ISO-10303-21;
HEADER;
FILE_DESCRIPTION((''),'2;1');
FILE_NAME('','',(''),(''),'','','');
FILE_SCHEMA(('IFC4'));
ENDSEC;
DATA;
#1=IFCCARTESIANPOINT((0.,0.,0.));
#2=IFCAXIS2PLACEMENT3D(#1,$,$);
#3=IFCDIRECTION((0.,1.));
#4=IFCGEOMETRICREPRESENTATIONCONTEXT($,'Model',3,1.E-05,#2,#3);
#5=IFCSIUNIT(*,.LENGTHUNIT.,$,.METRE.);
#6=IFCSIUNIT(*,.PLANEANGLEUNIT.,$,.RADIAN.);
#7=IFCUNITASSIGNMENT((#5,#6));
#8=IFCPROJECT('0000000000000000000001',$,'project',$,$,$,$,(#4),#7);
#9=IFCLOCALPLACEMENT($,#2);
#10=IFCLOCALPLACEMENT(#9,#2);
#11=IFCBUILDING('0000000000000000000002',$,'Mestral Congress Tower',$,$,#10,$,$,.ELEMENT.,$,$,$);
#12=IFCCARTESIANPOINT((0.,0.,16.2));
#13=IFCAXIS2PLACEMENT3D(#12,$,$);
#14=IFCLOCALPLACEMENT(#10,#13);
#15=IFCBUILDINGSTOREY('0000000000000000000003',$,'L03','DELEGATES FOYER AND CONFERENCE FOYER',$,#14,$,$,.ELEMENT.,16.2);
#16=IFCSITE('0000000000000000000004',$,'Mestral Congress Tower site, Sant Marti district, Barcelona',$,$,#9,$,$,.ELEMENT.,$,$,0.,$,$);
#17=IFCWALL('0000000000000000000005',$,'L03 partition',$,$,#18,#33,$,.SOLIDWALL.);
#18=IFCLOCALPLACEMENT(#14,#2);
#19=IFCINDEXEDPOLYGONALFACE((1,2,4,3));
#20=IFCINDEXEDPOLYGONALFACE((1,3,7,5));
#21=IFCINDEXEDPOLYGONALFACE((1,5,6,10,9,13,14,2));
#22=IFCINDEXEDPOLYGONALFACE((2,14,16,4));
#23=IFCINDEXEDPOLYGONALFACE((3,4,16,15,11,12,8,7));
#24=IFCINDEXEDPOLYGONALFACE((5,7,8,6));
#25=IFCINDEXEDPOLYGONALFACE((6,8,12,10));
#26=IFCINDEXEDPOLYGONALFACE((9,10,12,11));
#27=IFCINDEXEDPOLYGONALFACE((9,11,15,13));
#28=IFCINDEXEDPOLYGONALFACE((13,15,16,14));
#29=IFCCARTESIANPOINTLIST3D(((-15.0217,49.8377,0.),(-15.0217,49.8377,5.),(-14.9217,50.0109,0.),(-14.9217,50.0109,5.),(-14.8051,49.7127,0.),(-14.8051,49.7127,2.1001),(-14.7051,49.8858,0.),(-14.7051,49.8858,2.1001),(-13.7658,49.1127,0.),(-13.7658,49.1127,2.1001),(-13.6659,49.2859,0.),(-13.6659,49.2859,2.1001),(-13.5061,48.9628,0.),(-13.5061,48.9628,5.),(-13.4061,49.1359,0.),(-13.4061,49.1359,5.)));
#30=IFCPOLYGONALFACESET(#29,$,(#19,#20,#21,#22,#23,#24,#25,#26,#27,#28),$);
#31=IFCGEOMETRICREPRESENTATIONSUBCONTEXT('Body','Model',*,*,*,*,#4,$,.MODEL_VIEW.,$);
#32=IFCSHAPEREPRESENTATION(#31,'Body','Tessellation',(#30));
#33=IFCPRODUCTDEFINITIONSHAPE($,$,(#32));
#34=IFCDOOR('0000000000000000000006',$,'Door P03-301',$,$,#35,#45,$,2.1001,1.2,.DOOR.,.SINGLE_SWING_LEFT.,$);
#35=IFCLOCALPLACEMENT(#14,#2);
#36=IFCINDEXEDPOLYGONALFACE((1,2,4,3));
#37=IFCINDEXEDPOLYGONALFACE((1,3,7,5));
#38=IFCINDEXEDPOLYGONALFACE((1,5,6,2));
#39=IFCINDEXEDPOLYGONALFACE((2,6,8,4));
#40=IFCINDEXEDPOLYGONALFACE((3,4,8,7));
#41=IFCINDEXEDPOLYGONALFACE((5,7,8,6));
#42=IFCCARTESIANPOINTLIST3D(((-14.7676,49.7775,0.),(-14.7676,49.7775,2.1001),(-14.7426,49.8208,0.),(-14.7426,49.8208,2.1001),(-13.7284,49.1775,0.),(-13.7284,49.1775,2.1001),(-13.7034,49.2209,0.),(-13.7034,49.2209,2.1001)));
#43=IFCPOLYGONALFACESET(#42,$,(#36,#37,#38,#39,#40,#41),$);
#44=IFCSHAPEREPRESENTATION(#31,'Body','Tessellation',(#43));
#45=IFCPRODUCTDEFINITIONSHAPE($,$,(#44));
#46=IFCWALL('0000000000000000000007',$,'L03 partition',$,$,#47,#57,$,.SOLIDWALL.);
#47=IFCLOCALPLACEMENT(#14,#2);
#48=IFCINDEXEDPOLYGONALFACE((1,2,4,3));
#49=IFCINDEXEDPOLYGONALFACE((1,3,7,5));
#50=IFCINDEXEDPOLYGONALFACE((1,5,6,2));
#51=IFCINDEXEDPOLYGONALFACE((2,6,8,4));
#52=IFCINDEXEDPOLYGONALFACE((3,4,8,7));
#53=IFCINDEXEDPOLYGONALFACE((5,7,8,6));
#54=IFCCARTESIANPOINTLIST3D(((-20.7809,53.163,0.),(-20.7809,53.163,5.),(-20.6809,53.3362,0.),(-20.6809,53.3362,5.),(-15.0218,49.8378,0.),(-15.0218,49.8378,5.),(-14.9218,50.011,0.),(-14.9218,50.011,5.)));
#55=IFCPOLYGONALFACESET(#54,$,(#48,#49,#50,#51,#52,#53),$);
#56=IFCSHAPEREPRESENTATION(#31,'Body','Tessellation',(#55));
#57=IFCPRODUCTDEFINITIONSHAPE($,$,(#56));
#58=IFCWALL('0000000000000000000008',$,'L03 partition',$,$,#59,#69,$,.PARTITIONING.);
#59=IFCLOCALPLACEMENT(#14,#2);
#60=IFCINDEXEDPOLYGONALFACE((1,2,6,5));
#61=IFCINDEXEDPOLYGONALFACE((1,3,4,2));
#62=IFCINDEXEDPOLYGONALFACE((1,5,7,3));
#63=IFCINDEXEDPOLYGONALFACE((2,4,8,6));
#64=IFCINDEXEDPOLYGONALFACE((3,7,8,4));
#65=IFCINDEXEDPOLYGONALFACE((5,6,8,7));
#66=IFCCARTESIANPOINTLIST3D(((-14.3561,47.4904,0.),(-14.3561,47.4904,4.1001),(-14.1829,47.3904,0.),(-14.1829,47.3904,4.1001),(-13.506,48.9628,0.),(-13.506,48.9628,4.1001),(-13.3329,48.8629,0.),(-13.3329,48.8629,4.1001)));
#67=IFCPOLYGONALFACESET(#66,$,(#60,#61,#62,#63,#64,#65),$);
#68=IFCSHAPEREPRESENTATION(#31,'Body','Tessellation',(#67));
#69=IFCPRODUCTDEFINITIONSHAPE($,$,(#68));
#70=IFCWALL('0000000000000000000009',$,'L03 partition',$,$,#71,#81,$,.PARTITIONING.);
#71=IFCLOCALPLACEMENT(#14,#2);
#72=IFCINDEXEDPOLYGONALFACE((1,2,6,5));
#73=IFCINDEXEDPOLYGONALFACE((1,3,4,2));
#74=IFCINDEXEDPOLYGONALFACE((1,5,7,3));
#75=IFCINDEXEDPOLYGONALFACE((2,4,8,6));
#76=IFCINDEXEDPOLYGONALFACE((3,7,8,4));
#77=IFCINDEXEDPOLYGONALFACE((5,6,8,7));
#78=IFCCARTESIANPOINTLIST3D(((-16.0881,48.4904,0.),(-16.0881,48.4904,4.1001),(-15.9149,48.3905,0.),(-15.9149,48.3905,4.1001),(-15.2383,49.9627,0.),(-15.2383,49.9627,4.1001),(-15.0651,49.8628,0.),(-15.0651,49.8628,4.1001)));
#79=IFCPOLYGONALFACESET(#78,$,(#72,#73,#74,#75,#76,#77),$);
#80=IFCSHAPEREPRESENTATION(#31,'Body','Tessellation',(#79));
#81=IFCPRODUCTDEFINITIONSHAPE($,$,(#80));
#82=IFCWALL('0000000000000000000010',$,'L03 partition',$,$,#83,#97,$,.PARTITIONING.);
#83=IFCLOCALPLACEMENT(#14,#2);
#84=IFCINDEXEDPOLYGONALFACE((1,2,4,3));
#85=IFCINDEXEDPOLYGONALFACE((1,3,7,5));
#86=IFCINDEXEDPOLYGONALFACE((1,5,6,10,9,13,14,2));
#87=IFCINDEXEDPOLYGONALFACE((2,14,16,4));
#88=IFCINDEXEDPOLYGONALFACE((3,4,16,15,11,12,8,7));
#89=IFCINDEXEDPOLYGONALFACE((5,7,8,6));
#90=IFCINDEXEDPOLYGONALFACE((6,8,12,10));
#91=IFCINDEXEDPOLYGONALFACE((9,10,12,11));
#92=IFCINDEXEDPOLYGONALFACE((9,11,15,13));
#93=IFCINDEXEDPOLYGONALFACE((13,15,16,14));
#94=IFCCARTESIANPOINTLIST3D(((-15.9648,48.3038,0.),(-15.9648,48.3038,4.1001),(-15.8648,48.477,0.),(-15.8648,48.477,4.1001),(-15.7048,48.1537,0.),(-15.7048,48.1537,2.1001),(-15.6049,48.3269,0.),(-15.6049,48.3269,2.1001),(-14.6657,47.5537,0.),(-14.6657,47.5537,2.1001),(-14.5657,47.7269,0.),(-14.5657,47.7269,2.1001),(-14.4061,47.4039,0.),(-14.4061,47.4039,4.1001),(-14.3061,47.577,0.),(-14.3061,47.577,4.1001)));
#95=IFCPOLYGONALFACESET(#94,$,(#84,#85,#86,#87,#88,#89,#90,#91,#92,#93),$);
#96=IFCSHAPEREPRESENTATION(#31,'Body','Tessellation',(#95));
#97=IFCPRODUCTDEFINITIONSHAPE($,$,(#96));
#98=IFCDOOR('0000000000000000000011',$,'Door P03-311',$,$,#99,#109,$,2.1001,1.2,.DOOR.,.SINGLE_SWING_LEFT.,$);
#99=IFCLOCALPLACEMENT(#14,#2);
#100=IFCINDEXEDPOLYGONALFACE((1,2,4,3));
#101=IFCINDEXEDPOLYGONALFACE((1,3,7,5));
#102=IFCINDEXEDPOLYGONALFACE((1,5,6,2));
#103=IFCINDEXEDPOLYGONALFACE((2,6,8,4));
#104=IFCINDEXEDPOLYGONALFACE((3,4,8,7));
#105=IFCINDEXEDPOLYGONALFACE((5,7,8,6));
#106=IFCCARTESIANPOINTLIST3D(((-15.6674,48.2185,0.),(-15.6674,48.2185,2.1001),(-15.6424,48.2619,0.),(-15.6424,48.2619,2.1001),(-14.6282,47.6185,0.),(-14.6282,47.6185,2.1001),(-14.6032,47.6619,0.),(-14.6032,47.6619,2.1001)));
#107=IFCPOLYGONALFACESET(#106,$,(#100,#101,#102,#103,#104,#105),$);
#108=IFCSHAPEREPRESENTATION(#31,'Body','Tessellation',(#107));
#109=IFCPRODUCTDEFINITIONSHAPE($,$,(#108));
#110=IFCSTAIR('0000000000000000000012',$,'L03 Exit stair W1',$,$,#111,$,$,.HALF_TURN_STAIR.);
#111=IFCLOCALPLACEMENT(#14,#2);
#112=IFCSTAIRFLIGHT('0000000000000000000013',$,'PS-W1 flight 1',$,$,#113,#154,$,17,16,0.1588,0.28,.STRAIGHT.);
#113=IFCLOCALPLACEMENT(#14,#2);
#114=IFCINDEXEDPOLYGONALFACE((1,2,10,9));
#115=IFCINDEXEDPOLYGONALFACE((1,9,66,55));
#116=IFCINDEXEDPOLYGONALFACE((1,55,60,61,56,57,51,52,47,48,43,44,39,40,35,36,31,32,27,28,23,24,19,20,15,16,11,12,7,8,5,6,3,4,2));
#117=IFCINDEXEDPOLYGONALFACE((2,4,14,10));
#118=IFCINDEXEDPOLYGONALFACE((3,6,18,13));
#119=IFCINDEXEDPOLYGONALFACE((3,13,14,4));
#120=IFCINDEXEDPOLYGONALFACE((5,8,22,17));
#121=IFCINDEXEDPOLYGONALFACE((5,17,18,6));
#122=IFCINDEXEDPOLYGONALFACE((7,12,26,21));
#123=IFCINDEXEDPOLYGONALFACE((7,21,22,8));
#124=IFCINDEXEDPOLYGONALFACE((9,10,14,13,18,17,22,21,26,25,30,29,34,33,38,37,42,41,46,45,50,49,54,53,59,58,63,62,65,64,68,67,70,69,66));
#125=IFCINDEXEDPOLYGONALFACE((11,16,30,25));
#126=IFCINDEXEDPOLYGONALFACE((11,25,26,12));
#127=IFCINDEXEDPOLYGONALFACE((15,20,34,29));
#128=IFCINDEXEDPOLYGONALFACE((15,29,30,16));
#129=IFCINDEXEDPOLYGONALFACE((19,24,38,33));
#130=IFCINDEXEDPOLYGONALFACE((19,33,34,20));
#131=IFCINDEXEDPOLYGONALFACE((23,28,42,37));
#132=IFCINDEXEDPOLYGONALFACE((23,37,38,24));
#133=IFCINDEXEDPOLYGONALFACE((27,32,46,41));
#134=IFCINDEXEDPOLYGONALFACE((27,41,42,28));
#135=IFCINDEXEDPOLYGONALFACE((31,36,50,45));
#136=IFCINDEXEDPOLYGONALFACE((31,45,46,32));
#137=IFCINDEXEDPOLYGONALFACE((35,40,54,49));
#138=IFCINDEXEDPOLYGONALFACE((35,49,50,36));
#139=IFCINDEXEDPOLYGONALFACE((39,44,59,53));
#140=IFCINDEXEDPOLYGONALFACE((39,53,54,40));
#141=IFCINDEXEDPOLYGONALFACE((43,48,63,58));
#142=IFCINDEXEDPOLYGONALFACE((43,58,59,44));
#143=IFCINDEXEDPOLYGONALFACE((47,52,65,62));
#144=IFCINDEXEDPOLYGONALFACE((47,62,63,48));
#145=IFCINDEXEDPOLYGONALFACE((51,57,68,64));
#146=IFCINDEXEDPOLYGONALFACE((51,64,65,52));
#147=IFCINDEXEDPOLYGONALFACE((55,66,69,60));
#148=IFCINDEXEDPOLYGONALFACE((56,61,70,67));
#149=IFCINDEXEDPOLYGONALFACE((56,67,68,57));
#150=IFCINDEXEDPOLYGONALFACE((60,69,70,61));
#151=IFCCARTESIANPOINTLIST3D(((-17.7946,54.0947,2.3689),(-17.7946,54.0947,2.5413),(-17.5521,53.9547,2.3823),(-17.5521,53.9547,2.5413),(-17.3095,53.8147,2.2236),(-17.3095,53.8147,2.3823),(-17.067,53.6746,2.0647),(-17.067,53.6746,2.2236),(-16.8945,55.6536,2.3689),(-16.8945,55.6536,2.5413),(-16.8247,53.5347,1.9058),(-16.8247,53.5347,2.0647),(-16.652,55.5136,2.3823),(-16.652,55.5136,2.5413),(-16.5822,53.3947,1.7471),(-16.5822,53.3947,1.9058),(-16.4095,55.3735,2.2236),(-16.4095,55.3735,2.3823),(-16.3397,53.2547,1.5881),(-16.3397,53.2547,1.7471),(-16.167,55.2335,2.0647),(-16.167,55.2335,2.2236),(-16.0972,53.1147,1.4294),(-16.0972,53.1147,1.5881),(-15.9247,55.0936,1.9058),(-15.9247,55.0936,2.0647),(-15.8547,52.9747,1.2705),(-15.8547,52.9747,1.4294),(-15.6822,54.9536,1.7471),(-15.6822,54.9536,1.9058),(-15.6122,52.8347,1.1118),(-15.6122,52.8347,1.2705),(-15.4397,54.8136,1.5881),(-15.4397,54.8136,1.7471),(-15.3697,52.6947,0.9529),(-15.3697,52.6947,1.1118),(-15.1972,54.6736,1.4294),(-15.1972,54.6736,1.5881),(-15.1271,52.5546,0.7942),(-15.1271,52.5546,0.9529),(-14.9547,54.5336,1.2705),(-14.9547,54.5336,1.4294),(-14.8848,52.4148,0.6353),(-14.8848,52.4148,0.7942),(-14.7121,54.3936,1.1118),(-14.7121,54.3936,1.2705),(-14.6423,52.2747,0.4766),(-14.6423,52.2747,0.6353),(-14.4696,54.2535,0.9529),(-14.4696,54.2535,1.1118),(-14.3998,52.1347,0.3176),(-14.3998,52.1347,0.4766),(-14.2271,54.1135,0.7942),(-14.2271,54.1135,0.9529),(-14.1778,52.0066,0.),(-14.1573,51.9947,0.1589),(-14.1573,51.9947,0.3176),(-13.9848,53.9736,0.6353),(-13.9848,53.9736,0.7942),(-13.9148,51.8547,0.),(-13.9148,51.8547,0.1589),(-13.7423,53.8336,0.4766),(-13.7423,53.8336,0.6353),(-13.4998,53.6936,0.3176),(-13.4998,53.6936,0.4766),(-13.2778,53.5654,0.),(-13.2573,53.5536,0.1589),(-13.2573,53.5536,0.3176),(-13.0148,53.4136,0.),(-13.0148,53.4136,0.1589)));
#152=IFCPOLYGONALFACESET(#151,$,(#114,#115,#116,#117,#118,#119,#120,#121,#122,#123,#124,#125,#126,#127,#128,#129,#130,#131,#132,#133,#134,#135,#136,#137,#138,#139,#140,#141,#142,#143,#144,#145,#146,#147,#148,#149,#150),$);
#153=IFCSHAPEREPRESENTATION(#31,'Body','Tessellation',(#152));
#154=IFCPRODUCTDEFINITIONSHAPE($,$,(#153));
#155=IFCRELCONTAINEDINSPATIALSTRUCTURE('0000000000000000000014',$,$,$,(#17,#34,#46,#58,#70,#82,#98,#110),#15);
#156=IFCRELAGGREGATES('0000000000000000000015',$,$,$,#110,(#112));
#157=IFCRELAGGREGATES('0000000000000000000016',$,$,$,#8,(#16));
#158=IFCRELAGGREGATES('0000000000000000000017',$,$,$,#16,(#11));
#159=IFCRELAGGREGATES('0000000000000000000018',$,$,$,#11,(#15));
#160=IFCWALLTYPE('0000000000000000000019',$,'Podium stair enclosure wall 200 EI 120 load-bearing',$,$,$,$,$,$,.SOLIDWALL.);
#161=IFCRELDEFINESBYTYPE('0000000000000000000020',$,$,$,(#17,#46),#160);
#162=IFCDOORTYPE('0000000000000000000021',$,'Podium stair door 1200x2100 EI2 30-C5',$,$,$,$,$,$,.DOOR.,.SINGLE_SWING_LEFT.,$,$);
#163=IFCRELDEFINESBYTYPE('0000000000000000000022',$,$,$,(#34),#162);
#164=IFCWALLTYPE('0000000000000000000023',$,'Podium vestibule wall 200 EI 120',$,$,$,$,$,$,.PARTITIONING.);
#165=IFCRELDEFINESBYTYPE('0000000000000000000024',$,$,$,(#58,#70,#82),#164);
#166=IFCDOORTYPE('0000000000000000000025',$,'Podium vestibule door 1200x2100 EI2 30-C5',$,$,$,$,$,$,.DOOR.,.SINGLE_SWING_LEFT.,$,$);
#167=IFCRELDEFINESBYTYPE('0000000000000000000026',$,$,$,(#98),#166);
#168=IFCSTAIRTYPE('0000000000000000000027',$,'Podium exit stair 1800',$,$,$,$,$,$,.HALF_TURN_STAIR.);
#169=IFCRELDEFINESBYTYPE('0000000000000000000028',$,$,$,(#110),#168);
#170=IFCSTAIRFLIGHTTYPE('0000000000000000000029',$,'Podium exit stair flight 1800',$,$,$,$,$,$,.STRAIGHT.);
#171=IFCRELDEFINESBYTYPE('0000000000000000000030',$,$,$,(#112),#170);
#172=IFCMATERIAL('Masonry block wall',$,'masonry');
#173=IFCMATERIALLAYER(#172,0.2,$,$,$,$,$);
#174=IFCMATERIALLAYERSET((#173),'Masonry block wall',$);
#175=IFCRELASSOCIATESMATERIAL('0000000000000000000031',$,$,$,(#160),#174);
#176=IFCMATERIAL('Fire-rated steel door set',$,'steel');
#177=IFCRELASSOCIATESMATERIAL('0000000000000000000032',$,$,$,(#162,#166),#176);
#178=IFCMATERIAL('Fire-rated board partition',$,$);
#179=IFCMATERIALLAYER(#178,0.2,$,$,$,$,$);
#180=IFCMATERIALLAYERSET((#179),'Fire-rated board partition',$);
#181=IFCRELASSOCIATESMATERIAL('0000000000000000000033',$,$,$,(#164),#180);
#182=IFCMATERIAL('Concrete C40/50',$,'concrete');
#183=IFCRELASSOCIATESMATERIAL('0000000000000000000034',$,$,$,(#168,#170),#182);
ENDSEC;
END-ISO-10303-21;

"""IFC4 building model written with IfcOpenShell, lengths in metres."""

from ifc_helpers import new_model, si_unit, direction, frame, frame_2d, origin, place, context, subcontext, project, spatial, polyline, rectangle, outline, extrude, material, layer, layer_set, type_object, element, fill, aggregate, save


model = new_model("IFC4")

# Units and contexts
model_context = context("Model", 3, precision=1e-05, world=origin(), true_north=direction((0.0, 1.0)))
body_context = subcontext(model_context, "Body", "Model", "MODEL_VIEW")
ifc_project = project(units=[si_unit("LENGTHUNIT", "METRE"), si_unit("PLANEANGLEUNIT", "RADIAN")], contexts=[model_context])

# Site, building, storey
site_placement = place(None, origin())
site = spatial("IfcSite", under=ifc_project, at=site_placement, Name="Mestral Congress Tower site, Sant Marti district, Barcelona", CompositionType="ELEMENT", RefElevation=0.0)
building_placement = place(site_placement, origin())
building = spatial("IfcBuilding", under=site, at=building_placement, Name="Mestral Congress Tower", CompositionType="ELEMENT")
storey_placement = place(building_placement, frame((0.0, 0.0, 16.2)))
storey = spatial("IfcBuildingStorey", under=building, at=storey_placement, Name="L03", Description="DELEGATES FOYER AND CONFERENCE FOYER", CompositionType="ELEMENT", Elevation=16.2)

# Shared definitions
ifc_material_1 = material(Name="Masonry block wall", Category="masonry")
ifc_layer_1 = layer(ifc_material_1, 0.2)
ifc_layer_set_1 = layer_set([ifc_layer_1], Name="Masonry block wall")
wall_type_1 = type_object("IfcWallType", Name="Podium stair enclosure wall 200 EI 120 load-bearing", PredefinedType="SOLIDWALL", material=ifc_layer_set_1)

# Wall, opening, door
wall_1_placement = place(storey_placement, frame((-14.9717, 49.9243, 0.0), z_axis=(0.0, 0.0, 1.0), x_axis=(0.866037, -0.49998, 0.0)))
wall_1 = element("IfcWall", 1, at=wall_1_placement, inside=storey, type_object=wall_type_1, Name="L03 partition", PredefinedType="SOLIDWALL", context=body_context, shape_type="SweptSolid", body=[
    extrude(rectangle(XDim=1.75, YDim=0.2, at=frame_2d((0.875, 0.0))), origin(), (0.0, 0.0, 1.0), 5.0),
])
opening_1_placement = place(wall_1_placement, frame((0.25, 0.0, 0.0)))
opening_1 = element("IfcOpeningElement", 2, at=opening_1_placement, cuts=wall_1, PredefinedType="OPENING", context=body_context, shape_type="SweptSolid", body=[
    extrude(rectangle(XDim=1.2, YDim=2.1001, at=frame_2d((0.6001, 1.05))), frame((0.0, 0.1099, 0.0), z_axis=(0.0, -1.0, 0.0), x_axis=(1.0, 0.0, 0.0)), (0.0, 0.0, 1.0), 0.22),
])
ifc_material_2 = material(Name="Fire-rated steel door set", Category="steel")
door_type_1 = type_object("IfcDoorType", Name="Podium stair door 1200x2100 EI2 30-C5", OperationType="SINGLE_SWING_LEFT", PredefinedType="DOOR", material=ifc_material_2)
door_1_placement = place(opening_1_placement, origin())
door_1 = element("IfcDoor", 3, at=door_1_placement, inside=storey, type_object=door_type_1, Name="Door P03-301", OperationType="SINGLE_SWING_LEFT", OverallHeight=2.1001, OverallWidth=1.2, PredefinedType="DOOR", context=body_context, shape_type="SweptSolid", body=[
    extrude(rectangle(XDim=1.2, YDim=2.1001, at=frame_2d((0.6001, 1.05))), frame((0.0, 0.0249, 0.0), z_axis=(0.0, -1.0, 0.0), x_axis=(1.0, 0.0, 0.0)), (0.0, 0.0, 1.0), 0.05),
])
fill(opening_1, door_1)

# Walls
wall_2_placement = place(storey_placement, frame((-14.9717, 49.9243, 0.0), z_axis=(0.0, 0.0, 1.0), x_axis=(-0.866011, 0.500024, 0.0)))
element("IfcWall", 4, at=wall_2_placement, inside=storey, type_object=wall_type_1, Name="L03 partition", PredefinedType="SOLIDWALL", context=body_context, shape_type="SweptSolid", body=[
    extrude(rectangle(XDim=6.6501, YDim=0.2, at=frame_2d((3.3252, 0.0))), origin(), (0.0, 0.0, 1.0), 5.0),
])
ifc_material_3 = material(Name="Fire-rated board partition")
ifc_layer_2 = layer(ifc_material_3, 0.2)
ifc_layer_set_2 = layer_set([ifc_layer_2], Name="Fire-rated board partition")
wall_type_2 = type_object("IfcWallType", Name="Podium vestibule wall 200 EI 120", PredefinedType="PARTITIONING", material=ifc_layer_set_2)
wall_3_placement = place(storey_placement, frame((-13.4194, 48.9128, 0.0), z_axis=(0.0, 0.0, 1.0), x_axis=(-0.5, -0.866025, 0.0)))
element("IfcWall", 5, at=wall_3_placement, inside=storey, type_object=wall_type_2, Name="L03 partition", PredefinedType="PARTITIONING", context=body_context, shape_type="SweptSolid", body=[
    extrude(rectangle(XDim=1.7002, YDim=0.2, at=frame_2d((0.8501, 0.0))), origin(), (0.0, 0.0, 1.0), 4.1001),
])
wall_4_placement = place(storey_placement, frame((-15.1516, 49.9128, 0.0), z_axis=(0.0, 0.0, 1.0), x_axis=(-0.499892, -0.866088, 0.0)))
element("IfcWall", 6, at=wall_4_placement, inside=storey, type_object=wall_type_2, Name="L03 partition", PredefinedType="PARTITIONING", context=body_context, shape_type="SweptSolid", body=[
    extrude(rectangle(XDim=1.7, YDim=0.2, at=frame_2d((0.8501, 0.0))), origin(), (0.0, 0.0, 1.0), 4.1001),
])

# Wall, opening, door
wall_5_placement = place(storey_placement, frame((-15.9148, 48.3904, 0.0), z_axis=(0.0, 0.0, 1.0), x_axis=(0.866014, -0.50002, 0.0)))
wall_5 = element("IfcWall", 7, at=wall_5_placement, inside=storey, type_object=wall_type_2, Name="L03 partition", PredefinedType="PARTITIONING", context=body_context, shape_type="SweptSolid", body=[
    extrude(rectangle(XDim=1.7998, YDim=0.2, at=frame_2d((0.8999, 0.0))), origin(), (0.0, 0.0, 1.0), 4.1001),
])
opening_2_placement = place(wall_5_placement, frame((0.3, 0.0, 0.0)))
opening_2 = element("IfcOpeningElement", 8, at=opening_2_placement, cuts=wall_5, PredefinedType="OPENING", context=body_context, shape_type="SweptSolid", body=[
    extrude(rectangle(XDim=1.2, YDim=2.1001, at=frame_2d((0.6001, 1.05))), frame((0.0, 0.1099, 0.0), z_axis=(0.0, -1.0, 0.0), x_axis=(1.0, 0.0, 0.0)), (0.0, 0.0, 1.0), 0.22),
])
door_type_2 = type_object("IfcDoorType", Name="Podium vestibule door 1200x2100 EI2 30-C5", OperationType="SINGLE_SWING_LEFT", PredefinedType="DOOR", material=ifc_material_2)
door_2_placement = place(opening_2_placement, origin())
door_2 = element("IfcDoor", 9, at=door_2_placement, inside=storey, type_object=door_type_2, Name="Door P03-311", OperationType="SINGLE_SWING_LEFT", OverallHeight=2.1001, OverallWidth=1.2, PredefinedType="DOOR", context=body_context, shape_type="SweptSolid", body=[
    extrude(rectangle(XDim=1.2, YDim=2.1001, at=frame_2d((0.6001, 1.05))), frame((0.0, 0.0249, 0.0), z_axis=(0.0, -1.0, 0.0), x_axis=(1.0, 0.0, 0.0)), (0.0, 0.0, 1.0), 0.05),
])
fill(opening_2, door_2)

# Stair, stair flight
ifc_material_4 = material(Name="Concrete C40/50", Category="concrete")
stair_type = type_object("IfcStairType", Name="Podium exit stair 1800", PredefinedType="HALF_TURN_STAIR", material=ifc_material_4)
stair_placement = place(storey_placement, origin())
stair = element("IfcStair", 10, at=stair_placement, inside=storey, type_object=stair_type, Name="L03 Exit stair W1", PredefinedType="HALF_TURN_STAIR")
stair_flight_type = type_object("IfcStairFlightType", Name="Podium exit stair flight 1800", PredefinedType="STRAIGHT", material=ifc_material_4)
stair_flight_1_placement = place(storey_placement, frame((-13.4648, 52.634, 0.0), z_axis=(0.0, 0.0, 1.0), x_axis=(-0.866025, 0.5, 0.0)))
stair_flight_1 = element("IfcStairFlight", 11, at=stair_flight_1_placement, type_object=stair_flight_type, Name="PS-W1 flight 1", NumberOfRisers=17, NumberOfTreads=16, PredefinedType="STRAIGHT", RiserHeight=0.1588, TreadLength=0.28, context=body_context, shape_type="SweptSolid", body=[
    extrude(outline(polyline([(0.0, 0.0), (0.0, 0.1589), (0.28, 0.1589), (0.28, 0.3176), (0.5601, 0.3176), (0.5601, 0.4766), (0.8401, 0.4766), (0.8401, 0.6353), (1.1201, 0.6353), (1.1201, 0.7942), (1.3999, 0.7942), (1.3999, 0.9529), (1.6799, 0.9529), (1.6799, 1.1118), (1.96, 1.1118), (1.96, 1.2705), (2.24, 1.2705), (2.24, 1.4294), (2.52, 1.4294), (2.52, 1.5881), (2.8, 1.5881), (2.8, 1.7471), (3.0801, 1.7471), (3.0801, 1.9058), (3.3601, 1.9058), (3.3601, 2.0647), (3.6399, 2.0647), (3.6399, 2.2236), (3.9199, 2.2236), (3.9199, 2.3823), (4.2, 2.3823), (4.2, 2.5413), (4.48, 2.5413), (4.48, 2.7), (4.48, 2.3689), (0.3037, 0.0), (0.0, 0.0)])), frame((0.0, 0.8999, 0.0), z_axis=(0.0, -1.0, 0.0), x_axis=(1.0, 0.0, 0.0)), (0.0, 0.0, 1.0), 1.8),
])
aggregate(stair, [stair_flight_1])

save(model, "model.ifc")
